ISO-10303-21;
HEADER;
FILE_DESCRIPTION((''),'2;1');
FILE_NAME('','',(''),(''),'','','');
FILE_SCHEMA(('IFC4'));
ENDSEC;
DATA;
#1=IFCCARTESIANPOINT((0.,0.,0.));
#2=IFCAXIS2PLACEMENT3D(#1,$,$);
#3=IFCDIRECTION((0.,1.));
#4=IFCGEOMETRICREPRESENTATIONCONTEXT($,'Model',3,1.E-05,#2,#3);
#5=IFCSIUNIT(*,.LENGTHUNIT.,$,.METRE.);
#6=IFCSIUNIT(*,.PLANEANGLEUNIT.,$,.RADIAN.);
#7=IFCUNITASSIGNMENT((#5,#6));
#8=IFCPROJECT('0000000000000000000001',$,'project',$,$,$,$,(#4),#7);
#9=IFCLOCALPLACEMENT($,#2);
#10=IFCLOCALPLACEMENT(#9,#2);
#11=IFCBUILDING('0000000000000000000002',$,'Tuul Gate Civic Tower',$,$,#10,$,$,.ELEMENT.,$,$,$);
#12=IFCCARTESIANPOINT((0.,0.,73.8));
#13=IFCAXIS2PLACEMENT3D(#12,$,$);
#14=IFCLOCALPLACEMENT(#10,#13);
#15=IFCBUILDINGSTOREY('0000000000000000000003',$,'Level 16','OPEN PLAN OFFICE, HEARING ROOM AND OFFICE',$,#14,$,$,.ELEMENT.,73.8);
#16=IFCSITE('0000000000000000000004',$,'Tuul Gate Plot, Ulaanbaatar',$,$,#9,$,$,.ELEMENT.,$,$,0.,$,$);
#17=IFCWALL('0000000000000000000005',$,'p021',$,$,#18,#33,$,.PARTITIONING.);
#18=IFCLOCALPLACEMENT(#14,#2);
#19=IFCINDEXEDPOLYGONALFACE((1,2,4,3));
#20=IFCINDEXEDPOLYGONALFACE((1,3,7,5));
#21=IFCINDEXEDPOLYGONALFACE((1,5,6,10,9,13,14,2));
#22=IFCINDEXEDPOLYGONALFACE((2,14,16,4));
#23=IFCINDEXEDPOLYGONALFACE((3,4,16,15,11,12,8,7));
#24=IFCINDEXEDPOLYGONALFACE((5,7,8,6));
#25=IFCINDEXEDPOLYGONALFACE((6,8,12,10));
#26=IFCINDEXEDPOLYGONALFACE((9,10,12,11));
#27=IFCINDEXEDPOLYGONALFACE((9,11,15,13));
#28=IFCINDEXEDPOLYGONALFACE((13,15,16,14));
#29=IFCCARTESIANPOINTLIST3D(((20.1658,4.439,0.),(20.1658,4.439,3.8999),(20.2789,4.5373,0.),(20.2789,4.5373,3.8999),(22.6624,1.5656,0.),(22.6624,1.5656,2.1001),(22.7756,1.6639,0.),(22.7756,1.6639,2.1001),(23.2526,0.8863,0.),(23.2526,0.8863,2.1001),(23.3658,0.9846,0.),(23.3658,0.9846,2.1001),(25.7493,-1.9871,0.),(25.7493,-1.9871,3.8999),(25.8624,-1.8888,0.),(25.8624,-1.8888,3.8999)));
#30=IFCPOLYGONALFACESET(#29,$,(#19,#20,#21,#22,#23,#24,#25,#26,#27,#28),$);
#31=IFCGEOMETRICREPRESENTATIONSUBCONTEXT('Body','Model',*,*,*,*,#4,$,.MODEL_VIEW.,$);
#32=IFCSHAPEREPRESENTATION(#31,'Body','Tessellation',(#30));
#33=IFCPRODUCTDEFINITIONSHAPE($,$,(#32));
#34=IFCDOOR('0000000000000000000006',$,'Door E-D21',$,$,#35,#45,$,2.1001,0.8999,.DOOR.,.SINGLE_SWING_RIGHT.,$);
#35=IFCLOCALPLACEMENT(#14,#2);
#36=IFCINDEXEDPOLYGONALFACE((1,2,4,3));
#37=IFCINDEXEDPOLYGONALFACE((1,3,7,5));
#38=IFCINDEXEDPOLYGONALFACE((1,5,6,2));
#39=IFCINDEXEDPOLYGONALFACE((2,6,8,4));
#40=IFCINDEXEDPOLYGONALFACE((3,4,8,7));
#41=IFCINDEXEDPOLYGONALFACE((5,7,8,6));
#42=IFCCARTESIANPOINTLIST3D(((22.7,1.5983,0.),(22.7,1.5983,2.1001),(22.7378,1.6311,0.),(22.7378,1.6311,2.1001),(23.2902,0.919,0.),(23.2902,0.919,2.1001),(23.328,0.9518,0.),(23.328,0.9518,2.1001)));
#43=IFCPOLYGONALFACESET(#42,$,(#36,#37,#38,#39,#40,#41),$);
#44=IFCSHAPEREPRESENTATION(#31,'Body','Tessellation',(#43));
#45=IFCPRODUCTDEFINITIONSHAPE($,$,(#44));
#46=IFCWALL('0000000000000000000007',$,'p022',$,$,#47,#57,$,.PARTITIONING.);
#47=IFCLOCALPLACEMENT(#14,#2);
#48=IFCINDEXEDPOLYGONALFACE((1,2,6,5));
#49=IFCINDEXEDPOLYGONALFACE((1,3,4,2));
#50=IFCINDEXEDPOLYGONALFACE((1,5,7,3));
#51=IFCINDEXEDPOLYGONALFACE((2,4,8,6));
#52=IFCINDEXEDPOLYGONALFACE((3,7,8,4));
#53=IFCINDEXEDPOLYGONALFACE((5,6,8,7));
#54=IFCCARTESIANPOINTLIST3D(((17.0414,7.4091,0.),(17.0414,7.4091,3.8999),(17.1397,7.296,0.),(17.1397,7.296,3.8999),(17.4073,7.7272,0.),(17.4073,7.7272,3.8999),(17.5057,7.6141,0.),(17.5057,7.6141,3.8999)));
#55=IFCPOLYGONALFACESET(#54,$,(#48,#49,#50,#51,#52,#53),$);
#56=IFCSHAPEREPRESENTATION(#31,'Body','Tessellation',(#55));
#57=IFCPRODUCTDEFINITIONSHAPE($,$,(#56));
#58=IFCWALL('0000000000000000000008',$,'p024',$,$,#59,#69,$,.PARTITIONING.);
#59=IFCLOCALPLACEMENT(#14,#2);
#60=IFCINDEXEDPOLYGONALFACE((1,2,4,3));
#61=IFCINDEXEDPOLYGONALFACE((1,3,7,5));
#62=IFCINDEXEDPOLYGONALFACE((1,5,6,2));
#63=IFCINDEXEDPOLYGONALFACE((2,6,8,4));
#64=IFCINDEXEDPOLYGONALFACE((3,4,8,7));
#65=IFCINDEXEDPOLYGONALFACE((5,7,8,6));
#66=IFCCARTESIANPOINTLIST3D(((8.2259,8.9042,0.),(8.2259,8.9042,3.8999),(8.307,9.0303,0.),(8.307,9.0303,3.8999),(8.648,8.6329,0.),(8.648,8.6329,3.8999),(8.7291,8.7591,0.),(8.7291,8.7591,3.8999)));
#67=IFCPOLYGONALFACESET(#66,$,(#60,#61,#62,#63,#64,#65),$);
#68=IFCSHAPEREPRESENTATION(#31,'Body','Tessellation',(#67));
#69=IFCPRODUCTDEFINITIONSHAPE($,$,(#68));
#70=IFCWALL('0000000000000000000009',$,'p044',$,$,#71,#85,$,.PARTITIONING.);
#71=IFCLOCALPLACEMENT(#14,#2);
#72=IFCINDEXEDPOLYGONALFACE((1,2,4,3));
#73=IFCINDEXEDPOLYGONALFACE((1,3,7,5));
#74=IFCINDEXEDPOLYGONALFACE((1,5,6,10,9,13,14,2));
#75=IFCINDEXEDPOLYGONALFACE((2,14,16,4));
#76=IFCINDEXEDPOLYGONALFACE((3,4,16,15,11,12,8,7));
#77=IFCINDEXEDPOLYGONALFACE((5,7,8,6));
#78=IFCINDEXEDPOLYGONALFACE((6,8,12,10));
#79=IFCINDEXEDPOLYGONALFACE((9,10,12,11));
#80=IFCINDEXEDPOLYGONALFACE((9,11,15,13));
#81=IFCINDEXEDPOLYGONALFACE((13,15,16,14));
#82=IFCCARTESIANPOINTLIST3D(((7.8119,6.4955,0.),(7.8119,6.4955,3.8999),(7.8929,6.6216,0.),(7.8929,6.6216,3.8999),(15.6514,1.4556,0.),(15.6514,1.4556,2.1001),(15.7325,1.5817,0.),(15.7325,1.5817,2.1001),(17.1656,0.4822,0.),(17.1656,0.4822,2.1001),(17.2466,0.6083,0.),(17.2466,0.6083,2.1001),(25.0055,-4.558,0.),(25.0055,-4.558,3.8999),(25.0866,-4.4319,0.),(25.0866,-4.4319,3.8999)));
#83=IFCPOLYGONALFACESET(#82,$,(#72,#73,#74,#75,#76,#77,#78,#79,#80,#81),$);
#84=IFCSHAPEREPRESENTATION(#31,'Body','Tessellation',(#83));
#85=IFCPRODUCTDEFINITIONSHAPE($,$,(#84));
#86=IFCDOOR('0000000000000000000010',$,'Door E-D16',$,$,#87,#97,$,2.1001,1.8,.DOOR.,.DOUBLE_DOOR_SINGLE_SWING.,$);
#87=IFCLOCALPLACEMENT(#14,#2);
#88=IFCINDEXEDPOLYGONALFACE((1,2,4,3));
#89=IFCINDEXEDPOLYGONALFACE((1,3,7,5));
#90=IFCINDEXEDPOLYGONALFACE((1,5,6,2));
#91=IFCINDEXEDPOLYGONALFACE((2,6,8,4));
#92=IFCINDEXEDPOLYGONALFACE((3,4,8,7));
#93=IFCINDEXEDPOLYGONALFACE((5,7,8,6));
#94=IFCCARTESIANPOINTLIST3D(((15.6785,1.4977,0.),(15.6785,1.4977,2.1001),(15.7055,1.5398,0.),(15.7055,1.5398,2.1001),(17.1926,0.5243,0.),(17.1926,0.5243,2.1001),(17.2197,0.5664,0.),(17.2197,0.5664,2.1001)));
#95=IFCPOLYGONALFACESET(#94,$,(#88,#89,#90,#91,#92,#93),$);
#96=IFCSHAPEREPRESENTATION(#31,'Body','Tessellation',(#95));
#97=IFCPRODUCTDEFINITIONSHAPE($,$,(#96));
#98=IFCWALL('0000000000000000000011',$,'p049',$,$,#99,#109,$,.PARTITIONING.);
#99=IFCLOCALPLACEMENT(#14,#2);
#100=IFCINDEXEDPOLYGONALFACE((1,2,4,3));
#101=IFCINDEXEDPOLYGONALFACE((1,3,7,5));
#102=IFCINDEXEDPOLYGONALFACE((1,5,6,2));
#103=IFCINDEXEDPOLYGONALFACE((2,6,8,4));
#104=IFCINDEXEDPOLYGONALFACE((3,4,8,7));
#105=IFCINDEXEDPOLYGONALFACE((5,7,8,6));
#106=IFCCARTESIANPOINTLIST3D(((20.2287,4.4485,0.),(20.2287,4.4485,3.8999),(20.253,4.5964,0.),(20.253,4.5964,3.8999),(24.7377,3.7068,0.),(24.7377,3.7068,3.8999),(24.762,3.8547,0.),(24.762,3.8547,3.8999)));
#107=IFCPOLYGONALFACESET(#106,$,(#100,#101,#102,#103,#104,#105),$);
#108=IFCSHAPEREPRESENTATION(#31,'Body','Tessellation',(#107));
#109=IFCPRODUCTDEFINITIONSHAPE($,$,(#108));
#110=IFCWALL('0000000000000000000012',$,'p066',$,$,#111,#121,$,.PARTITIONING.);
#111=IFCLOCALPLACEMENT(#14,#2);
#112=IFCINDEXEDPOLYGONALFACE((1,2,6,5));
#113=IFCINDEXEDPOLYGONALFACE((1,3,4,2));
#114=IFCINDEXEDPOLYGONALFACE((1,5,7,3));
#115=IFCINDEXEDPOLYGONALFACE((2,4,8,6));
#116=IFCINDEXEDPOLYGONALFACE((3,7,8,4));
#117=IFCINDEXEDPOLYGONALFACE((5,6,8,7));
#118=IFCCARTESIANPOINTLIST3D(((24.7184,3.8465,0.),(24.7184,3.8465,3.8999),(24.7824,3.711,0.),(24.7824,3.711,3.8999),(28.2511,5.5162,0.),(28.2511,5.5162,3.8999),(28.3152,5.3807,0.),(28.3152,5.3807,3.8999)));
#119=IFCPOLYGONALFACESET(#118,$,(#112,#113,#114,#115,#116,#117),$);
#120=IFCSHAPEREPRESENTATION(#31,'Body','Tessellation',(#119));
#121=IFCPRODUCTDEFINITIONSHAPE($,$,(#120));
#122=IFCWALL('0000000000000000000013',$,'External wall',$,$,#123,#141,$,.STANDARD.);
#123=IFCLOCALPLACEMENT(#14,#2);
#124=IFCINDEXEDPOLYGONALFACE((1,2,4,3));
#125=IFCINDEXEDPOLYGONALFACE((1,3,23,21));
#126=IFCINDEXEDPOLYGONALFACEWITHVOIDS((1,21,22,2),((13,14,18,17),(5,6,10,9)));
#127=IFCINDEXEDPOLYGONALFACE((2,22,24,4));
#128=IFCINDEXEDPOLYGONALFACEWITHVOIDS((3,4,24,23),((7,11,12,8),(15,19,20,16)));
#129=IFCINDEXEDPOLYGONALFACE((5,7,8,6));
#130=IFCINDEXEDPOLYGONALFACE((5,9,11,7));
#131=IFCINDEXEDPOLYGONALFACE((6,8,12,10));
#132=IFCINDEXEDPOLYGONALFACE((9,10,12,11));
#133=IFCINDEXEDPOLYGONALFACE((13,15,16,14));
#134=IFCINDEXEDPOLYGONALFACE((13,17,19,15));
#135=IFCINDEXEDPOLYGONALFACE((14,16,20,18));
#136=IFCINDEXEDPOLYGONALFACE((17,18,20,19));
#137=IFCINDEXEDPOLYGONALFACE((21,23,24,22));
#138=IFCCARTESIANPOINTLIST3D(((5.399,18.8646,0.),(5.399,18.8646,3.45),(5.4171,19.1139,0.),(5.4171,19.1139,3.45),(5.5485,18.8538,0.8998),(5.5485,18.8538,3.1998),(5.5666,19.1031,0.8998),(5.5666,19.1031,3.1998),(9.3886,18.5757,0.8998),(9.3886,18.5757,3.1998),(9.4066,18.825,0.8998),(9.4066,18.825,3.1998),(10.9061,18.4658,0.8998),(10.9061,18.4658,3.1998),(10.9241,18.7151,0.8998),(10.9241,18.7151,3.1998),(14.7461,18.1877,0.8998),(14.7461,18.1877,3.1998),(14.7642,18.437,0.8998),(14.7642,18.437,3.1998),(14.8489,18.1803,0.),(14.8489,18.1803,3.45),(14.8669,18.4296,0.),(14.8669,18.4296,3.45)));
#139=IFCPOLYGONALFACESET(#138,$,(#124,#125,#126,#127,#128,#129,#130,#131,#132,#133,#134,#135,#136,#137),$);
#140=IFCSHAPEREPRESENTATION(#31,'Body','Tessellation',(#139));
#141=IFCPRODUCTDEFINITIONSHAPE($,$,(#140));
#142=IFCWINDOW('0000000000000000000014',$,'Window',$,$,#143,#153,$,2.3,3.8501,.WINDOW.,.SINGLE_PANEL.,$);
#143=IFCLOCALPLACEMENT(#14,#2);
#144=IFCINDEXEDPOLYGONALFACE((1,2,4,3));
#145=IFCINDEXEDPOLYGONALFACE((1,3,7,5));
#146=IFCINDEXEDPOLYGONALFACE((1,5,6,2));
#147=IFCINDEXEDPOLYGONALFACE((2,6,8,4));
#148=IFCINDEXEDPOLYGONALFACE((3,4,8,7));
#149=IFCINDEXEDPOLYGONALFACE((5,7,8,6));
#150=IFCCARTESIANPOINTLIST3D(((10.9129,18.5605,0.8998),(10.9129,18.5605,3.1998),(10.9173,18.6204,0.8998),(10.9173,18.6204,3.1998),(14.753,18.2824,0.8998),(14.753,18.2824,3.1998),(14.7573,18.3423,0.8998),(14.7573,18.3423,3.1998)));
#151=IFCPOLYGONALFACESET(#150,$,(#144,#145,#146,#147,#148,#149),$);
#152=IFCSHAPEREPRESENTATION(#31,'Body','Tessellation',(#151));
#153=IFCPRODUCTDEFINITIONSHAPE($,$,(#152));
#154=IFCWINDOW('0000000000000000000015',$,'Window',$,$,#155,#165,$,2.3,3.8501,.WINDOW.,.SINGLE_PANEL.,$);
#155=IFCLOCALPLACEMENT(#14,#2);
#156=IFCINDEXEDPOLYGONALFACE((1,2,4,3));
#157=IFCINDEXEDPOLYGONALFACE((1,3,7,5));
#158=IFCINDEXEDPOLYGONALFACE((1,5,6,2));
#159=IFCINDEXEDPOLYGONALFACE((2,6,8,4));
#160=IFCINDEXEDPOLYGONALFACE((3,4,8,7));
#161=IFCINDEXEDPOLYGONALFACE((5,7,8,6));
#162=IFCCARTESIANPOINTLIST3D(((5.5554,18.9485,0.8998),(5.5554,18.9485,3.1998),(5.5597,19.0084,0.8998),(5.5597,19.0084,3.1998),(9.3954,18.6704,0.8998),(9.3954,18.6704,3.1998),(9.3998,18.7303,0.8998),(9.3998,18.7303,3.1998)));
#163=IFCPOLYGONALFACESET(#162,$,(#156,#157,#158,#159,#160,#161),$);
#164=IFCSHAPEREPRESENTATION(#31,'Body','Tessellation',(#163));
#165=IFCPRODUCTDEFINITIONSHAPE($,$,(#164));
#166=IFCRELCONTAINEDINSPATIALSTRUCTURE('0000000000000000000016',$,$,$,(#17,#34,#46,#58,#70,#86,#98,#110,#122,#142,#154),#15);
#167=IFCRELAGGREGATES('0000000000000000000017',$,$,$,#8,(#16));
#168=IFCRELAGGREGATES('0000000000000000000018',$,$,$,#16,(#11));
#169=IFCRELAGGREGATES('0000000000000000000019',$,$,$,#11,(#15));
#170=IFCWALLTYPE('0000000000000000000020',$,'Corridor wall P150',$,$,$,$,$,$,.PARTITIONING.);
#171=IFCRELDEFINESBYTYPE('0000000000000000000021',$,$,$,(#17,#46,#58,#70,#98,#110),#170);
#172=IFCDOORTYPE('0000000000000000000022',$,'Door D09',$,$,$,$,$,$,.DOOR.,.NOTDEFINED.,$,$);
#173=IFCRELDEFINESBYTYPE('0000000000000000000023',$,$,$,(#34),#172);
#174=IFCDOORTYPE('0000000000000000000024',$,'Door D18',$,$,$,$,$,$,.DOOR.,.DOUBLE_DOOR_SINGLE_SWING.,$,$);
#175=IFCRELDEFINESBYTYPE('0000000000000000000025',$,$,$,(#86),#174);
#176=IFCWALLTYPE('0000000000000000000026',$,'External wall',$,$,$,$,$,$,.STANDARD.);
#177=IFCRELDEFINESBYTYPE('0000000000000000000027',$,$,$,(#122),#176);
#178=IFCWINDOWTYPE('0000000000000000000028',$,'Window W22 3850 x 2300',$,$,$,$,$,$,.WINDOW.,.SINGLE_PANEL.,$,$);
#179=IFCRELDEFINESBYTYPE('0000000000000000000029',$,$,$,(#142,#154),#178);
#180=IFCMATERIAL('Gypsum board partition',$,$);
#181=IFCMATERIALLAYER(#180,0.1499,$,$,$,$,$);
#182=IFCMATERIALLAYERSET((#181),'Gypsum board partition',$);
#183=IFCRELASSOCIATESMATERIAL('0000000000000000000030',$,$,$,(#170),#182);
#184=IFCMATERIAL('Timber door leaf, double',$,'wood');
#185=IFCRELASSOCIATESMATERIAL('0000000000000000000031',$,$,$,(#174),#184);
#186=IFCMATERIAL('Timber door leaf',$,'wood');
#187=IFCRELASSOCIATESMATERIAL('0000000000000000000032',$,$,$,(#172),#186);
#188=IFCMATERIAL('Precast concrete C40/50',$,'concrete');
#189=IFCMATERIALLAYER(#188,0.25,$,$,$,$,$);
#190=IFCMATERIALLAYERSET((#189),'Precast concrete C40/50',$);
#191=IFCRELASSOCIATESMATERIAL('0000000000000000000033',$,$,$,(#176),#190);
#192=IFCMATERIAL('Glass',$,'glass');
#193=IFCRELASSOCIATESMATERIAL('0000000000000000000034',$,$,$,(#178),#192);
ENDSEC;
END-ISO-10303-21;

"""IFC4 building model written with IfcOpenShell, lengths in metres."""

from ifc_helpers import new_model, si_unit, direction, frame, frame_2d, origin, place, context, subcontext, project, spatial, rectangle, extrude, material, layer, layer_set, type_object, element, fill, save


model = new_model("IFC4")

# Units and contexts
model_context = context("Model", 3, precision=1e-05, world=origin(), true_north=direction((0.0, 1.0)))
body_context = subcontext(model_context, "Body", "Model", "MODEL_VIEW")
ifc_project = project(units=[si_unit("LENGTHUNIT", "METRE"), si_unit("PLANEANGLEUNIT", "RADIAN")], contexts=[model_context])

# Site, building, storey
site_placement = place(None, origin())
site = spatial("IfcSite", under=ifc_project, at=site_placement, Name="Tuul Gate Plot, Ulaanbaatar", CompositionType="ELEMENT", RefElevation=0.0)
building_placement = place(site_placement, origin())
building = spatial("IfcBuilding", under=site, at=building_placement, Name="Tuul Gate Civic Tower", CompositionType="ELEMENT")
storey_placement = place(building_placement, frame((0.0, 0.0, 73.8)))
storey = spatial("IfcBuildingStorey", under=building, at=storey_placement, Name="Level 16", Description="OPEN PLAN OFFICE, HEARING ROOM AND OFFICE", CompositionType="ELEMENT", Elevation=73.8)

# Shared definitions
ifc_material_1 = material(Name="Gypsum board partition")
ifc_layer_1 = layer(ifc_material_1, 0.1499)
ifc_layer_set_1 = layer_set([ifc_layer_1], Name="Gypsum board partition")
wall_type_1 = type_object("IfcWallType", Name="Corridor wall P150", PredefinedType="PARTITIONING", material=ifc_layer_set_1)

# Shared definitions
ifc_material_2 = material(Name="Timber door leaf, double", Category="wood")
door_type_1 = type_object("IfcDoorType", Name="Door D18", OperationType="DOUBLE_DOOR_SINGLE_SWING", PredefinedType="DOOR", material=ifc_material_2)

# Wall, opening, door
wall_1_placement = place(storey_placement, frame((20.2224, 4.488, 0.0), z_axis=(0.0, 0.0, 1.0), x_axis=(0.655888, -0.754859, 0.0)))
wall_1 = element("IfcWall", 1, at=wall_1_placement, inside=storey, type_object=wall_type_1, Name="p021", PredefinedType="PARTITIONING", context=body_context, shape_type="SweptSolid", body=[
    extrude(rectangle(XDim=8.5129, YDim=0.1499, at=frame_2d((4.2563, 0.0))), origin(), (0.0, 0.0, 1.0), 3.8999),
])
opening_1_placement = place(wall_1_placement, frame((3.8064, 0.0, 0.0)))
opening_1 = element("IfcOpeningElement", 2, at=opening_1_placement, cuts=wall_1, PredefinedType="OPENING", context=body_context, shape_type="SweptSolid", body=[
    extrude(rectangle(XDim=0.8999, YDim=2.1001, at=frame_2d((0.45, 1.05))), frame((0.0, 0.085, 0.0), z_axis=(0.0, -1.0, 0.0), x_axis=(1.0, 0.0, 0.0)), (0.0, 0.0, 1.0), 0.1699),
])
ifc_material_3 = material(Name="Timber door leaf", Category="wood")
door_type_2 = type_object("IfcDoorType", Name="Door D09", OperationType="NOTDEFINED", PredefinedType="DOOR", material=ifc_material_3)
door_1_placement = place(opening_1_placement, origin())
door_1 = element("IfcDoor", 3, at=door_1_placement, inside=storey, type_object=door_type_2, Name="Door E-D21", OperationType="SINGLE_SWING_RIGHT", OverallHeight=2.1001, OverallWidth=0.8999, PredefinedType="DOOR", context=body_context, shape_type="SweptSolid", body=[
    extrude(rectangle(XDim=0.8999, YDim=2.1001, at=frame_2d((0.45, 1.05))), frame((0.0, 0.0249, 0.0), z_axis=(0.0, -1.0, 0.0), x_axis=(1.0, 0.0, 0.0)), (0.0, 0.0, 1.0), 0.05),
])
fill(opening_1, door_1)

# Walls
wall_2_placement = place(storey_placement, frame((17.0906, 7.3525, 0.0), z_axis=(0.0, 0.0, 1.0), x_axis=(0.754725, 0.656042, 0.0)))
element("IfcWall", 4, at=wall_2_placement, inside=storey, type_object=wall_type_1, Name="p022", PredefinedType="PARTITIONING", context=body_context, shape_type="SweptSolid", body=[
    extrude(rectangle(XDim=0.4849, YDim=0.1499, at=frame_2d((0.2424, 0.0))), origin(), (0.0, 0.0, 1.0), 3.8999),
])
wall_3_placement = place(storey_placement, frame((8.2664, 8.9673, 0.0), z_axis=(0.0, 0.0, 1.0), x_axis=(0.841289, -0.540585, 0.0)))
element("IfcWall", 5, at=wall_3_placement, inside=storey, type_object=wall_type_1, Name="p024", PredefinedType="PARTITIONING", context=body_context, shape_type="SweptSolid", body=[
    extrude(rectangle(XDim=0.5017, YDim=0.1499, at=frame_2d((0.251, 0.0))), origin(), (0.0, 0.0, 1.0), 3.8999),
])

# Wall, opening, door
wall_4_placement = place(storey_placement, frame((7.8523, 6.5586, 0.0), z_axis=(0.0, 0.0, 1.0), x_axis=(0.841169, -0.540773, 0.0)))
wall_4 = element("IfcWall", 6, at=wall_4_placement, inside=storey, type_object=wall_type_1, Name="p044", PredefinedType="PARTITIONING", context=body_context, shape_type="SweptSolid", body=[
    extrude(rectangle(XDim=20.4402, YDim=0.1499, at=frame_2d((10.2202, 0.0))), origin(), (0.0, 0.0, 1.0), 3.8999),
])
opening_2_placement = place(wall_4_placement, frame((9.3201, 0.0, 0.0)))
opening_2 = element("IfcOpeningElement", 7, at=opening_2_placement, cuts=wall_4, PredefinedType="OPENING", context=body_context, shape_type="SweptSolid", body=[
    extrude(rectangle(XDim=1.8, YDim=2.1001, at=frame_2d((0.8999, 1.05))), frame((0.0, 0.085, 0.0), z_axis=(0.0, -1.0, 0.0), x_axis=(1.0, 0.0, 0.0)), (0.0, 0.0, 1.0), 0.1699),
])
door_2_placement = place(opening_2_placement, frame((1.8, 0.0, 0.0), z_axis=(0.0, 0.0, 1.0), x_axis=(-1.0, 0.0, 0.0)))
door_2 = element("IfcDoor", 8, at=door_2_placement, inside=storey, type_object=door_type_1, Name="Door E-D16", OperationType="DOUBLE_DOOR_SINGLE_SWING", OverallHeight=2.1001, OverallWidth=1.8, PredefinedType="DOOR", context=body_context, shape_type="SweptSolid", body=[
    extrude(rectangle(XDim=1.8, YDim=2.1001, at=frame_2d((0.9001, 1.05))), frame((0.0, 0.0249, 0.0), z_axis=(0.0, -1.0, 0.0), x_axis=(1.0, 0.0, 0.0)), (0.0, 0.0, 1.0), 0.05),
])
fill(opening_2, door_2)

# Walls
wall_5_placement = place(storey_placement, frame((20.241, 4.5225, 0.0), z_axis=(0.0, 0.0, 1.0), x_axis=(0.98674, -0.162311, 0.0)))
element("IfcWall", 9, at=wall_5_placement, inside=storey, type_object=wall_type_1, Name="p049", PredefinedType="PARTITIONING", context=body_context, shape_type="SweptSolid", body=[
    extrude(rectangle(XDim=4.5696, YDim=0.1499, at=frame_2d((2.2847, 0.0))), origin(), (0.0, 0.0, 1.0), 3.8999),
])
wall_6_placement = place(storey_placement, frame((24.7505, 3.7788, 0.0), z_axis=(0.0, 0.0, 1.0), x_axis=(0.904105, 0.42731, 0.0)))
element("IfcWall", 10, at=wall_6_placement, inside=storey, type_object=wall_type_1, Name="p066", PredefinedType="PARTITIONING", context=body_context, shape_type="SweptSolid", body=[
    extrude(rectangle(XDim=3.9075, YDim=0.1499, at=frame_2d((1.9536, 0.0))), origin(), (0.0, 0.0, 1.0), 3.8999),
])

# Wall, openings, windows
ifc_material_4 = material(Name="Precast concrete C40/50", Category="concrete")
ifc_layer_2 = layer(ifc_material_4, 0.25)
ifc_layer_set_2 = layer_set([ifc_layer_2], Name="Precast concrete C40/50")
wall_type_2 = type_object("IfcWallType", Name="External wall", PredefinedType="STANDARD", material=ifc_layer_set_2)
wall_7_placement = place(storey_placement, frame((14.8579, 18.3049, 0.0), z_axis=(0.0, 0.0, 1.0), x_axis=(-0.997388, 0.072227, 0.0)))
wall_7 = element("IfcWall", 11, at=wall_7_placement, inside=storey, type_object=wall_type_2, Name="External wall", PredefinedType="STANDARD", context=body_context, shape_type="SweptSolid", body=[
    extrude(rectangle(XDim=9.4746, YDim=0.25, at=frame_2d((4.7373, 0.0))), origin(), (0.0, 0.0, 1.0), 3.45),
])
opening_3_placement = place(wall_7_placement, frame((0.103, 0.0, 0.8999)))
opening_3 = element("IfcOpeningElement", 12, at=opening_3_placement, cuts=wall_7, PredefinedType="OPENING", context=body_context, shape_type="SweptSolid", body=[
    extrude(rectangle(XDim=3.8501, YDim=2.3, at=frame_2d((1.925, 1.1499))), frame((0.0, 0.135, 0.0), z_axis=(0.0, -1.0, 0.0), x_axis=(1.0, 0.0, 0.0)), (0.0, 0.0, 1.0), 0.27),
])
opening_4_placement = place(wall_7_placement, frame((5.4746, 0.0, 0.8999)))
opening_4 = element("IfcOpeningElement", 13, at=opening_4_placement, cuts=wall_7, PredefinedType="OPENING", context=body_context, shape_type="SweptSolid", body=[
    extrude(rectangle(XDim=3.8501, YDim=2.3, at=frame_2d((1.925, 1.1499))), frame((0.0, 0.135, 0.0), z_axis=(0.0, -1.0, 0.0), x_axis=(1.0, 0.0, 0.0)), (0.0, 0.0, 1.0), 0.27),
])
ifc_material_5 = material(Name="Glass", Category="glass")
window_type = type_object("IfcWindowType", Name="Window W22 3850 x 2300", PartitioningType="SINGLE_PANEL", PredefinedType="WINDOW", material=ifc_material_5)
window_1_placement = place(opening_3_placement, origin())
window_1 = element("IfcWindow", 14, at=window_1_placement, inside=storey, type_object=window_type, Name="Window", OverallHeight=2.3, OverallWidth=3.8501, PartitioningType="SINGLE_PANEL", PredefinedType="WINDOW", context=body_context, shape_type="SweptSolid", body=[
    extrude(rectangle(XDim=3.8501, YDim=2.3, at=frame_2d((1.925, 1.1499))), frame((0.0, 0.03, 0.0), z_axis=(0.0, -1.0, 0.0), x_axis=(1.0, 0.0, 0.0)), (0.0, 0.0, 1.0), 0.0601),
])
fill(opening_3, window_1)
window_2_placement = place(opening_4_placement, origin())
window_2 = element("IfcWindow", 15, at=window_2_placement, inside=storey, type_object=window_type, Name="Window", OverallHeight=2.3, OverallWidth=3.8501, PartitioningType="SINGLE_PANEL", PredefinedType="WINDOW", context=body_context, shape_type="SweptSolid", body=[
    extrude(rectangle(XDim=3.8501, YDim=2.3, at=frame_2d((1.925, 1.1499))), frame((0.0, 0.03, 0.0), z_axis=(0.0, -1.0, 0.0), x_axis=(1.0, 0.0, 0.0)), (0.0, 0.0, 1.0), 0.0601),
])
fill(opening_4, window_2)

save(model, "model.ifc")
